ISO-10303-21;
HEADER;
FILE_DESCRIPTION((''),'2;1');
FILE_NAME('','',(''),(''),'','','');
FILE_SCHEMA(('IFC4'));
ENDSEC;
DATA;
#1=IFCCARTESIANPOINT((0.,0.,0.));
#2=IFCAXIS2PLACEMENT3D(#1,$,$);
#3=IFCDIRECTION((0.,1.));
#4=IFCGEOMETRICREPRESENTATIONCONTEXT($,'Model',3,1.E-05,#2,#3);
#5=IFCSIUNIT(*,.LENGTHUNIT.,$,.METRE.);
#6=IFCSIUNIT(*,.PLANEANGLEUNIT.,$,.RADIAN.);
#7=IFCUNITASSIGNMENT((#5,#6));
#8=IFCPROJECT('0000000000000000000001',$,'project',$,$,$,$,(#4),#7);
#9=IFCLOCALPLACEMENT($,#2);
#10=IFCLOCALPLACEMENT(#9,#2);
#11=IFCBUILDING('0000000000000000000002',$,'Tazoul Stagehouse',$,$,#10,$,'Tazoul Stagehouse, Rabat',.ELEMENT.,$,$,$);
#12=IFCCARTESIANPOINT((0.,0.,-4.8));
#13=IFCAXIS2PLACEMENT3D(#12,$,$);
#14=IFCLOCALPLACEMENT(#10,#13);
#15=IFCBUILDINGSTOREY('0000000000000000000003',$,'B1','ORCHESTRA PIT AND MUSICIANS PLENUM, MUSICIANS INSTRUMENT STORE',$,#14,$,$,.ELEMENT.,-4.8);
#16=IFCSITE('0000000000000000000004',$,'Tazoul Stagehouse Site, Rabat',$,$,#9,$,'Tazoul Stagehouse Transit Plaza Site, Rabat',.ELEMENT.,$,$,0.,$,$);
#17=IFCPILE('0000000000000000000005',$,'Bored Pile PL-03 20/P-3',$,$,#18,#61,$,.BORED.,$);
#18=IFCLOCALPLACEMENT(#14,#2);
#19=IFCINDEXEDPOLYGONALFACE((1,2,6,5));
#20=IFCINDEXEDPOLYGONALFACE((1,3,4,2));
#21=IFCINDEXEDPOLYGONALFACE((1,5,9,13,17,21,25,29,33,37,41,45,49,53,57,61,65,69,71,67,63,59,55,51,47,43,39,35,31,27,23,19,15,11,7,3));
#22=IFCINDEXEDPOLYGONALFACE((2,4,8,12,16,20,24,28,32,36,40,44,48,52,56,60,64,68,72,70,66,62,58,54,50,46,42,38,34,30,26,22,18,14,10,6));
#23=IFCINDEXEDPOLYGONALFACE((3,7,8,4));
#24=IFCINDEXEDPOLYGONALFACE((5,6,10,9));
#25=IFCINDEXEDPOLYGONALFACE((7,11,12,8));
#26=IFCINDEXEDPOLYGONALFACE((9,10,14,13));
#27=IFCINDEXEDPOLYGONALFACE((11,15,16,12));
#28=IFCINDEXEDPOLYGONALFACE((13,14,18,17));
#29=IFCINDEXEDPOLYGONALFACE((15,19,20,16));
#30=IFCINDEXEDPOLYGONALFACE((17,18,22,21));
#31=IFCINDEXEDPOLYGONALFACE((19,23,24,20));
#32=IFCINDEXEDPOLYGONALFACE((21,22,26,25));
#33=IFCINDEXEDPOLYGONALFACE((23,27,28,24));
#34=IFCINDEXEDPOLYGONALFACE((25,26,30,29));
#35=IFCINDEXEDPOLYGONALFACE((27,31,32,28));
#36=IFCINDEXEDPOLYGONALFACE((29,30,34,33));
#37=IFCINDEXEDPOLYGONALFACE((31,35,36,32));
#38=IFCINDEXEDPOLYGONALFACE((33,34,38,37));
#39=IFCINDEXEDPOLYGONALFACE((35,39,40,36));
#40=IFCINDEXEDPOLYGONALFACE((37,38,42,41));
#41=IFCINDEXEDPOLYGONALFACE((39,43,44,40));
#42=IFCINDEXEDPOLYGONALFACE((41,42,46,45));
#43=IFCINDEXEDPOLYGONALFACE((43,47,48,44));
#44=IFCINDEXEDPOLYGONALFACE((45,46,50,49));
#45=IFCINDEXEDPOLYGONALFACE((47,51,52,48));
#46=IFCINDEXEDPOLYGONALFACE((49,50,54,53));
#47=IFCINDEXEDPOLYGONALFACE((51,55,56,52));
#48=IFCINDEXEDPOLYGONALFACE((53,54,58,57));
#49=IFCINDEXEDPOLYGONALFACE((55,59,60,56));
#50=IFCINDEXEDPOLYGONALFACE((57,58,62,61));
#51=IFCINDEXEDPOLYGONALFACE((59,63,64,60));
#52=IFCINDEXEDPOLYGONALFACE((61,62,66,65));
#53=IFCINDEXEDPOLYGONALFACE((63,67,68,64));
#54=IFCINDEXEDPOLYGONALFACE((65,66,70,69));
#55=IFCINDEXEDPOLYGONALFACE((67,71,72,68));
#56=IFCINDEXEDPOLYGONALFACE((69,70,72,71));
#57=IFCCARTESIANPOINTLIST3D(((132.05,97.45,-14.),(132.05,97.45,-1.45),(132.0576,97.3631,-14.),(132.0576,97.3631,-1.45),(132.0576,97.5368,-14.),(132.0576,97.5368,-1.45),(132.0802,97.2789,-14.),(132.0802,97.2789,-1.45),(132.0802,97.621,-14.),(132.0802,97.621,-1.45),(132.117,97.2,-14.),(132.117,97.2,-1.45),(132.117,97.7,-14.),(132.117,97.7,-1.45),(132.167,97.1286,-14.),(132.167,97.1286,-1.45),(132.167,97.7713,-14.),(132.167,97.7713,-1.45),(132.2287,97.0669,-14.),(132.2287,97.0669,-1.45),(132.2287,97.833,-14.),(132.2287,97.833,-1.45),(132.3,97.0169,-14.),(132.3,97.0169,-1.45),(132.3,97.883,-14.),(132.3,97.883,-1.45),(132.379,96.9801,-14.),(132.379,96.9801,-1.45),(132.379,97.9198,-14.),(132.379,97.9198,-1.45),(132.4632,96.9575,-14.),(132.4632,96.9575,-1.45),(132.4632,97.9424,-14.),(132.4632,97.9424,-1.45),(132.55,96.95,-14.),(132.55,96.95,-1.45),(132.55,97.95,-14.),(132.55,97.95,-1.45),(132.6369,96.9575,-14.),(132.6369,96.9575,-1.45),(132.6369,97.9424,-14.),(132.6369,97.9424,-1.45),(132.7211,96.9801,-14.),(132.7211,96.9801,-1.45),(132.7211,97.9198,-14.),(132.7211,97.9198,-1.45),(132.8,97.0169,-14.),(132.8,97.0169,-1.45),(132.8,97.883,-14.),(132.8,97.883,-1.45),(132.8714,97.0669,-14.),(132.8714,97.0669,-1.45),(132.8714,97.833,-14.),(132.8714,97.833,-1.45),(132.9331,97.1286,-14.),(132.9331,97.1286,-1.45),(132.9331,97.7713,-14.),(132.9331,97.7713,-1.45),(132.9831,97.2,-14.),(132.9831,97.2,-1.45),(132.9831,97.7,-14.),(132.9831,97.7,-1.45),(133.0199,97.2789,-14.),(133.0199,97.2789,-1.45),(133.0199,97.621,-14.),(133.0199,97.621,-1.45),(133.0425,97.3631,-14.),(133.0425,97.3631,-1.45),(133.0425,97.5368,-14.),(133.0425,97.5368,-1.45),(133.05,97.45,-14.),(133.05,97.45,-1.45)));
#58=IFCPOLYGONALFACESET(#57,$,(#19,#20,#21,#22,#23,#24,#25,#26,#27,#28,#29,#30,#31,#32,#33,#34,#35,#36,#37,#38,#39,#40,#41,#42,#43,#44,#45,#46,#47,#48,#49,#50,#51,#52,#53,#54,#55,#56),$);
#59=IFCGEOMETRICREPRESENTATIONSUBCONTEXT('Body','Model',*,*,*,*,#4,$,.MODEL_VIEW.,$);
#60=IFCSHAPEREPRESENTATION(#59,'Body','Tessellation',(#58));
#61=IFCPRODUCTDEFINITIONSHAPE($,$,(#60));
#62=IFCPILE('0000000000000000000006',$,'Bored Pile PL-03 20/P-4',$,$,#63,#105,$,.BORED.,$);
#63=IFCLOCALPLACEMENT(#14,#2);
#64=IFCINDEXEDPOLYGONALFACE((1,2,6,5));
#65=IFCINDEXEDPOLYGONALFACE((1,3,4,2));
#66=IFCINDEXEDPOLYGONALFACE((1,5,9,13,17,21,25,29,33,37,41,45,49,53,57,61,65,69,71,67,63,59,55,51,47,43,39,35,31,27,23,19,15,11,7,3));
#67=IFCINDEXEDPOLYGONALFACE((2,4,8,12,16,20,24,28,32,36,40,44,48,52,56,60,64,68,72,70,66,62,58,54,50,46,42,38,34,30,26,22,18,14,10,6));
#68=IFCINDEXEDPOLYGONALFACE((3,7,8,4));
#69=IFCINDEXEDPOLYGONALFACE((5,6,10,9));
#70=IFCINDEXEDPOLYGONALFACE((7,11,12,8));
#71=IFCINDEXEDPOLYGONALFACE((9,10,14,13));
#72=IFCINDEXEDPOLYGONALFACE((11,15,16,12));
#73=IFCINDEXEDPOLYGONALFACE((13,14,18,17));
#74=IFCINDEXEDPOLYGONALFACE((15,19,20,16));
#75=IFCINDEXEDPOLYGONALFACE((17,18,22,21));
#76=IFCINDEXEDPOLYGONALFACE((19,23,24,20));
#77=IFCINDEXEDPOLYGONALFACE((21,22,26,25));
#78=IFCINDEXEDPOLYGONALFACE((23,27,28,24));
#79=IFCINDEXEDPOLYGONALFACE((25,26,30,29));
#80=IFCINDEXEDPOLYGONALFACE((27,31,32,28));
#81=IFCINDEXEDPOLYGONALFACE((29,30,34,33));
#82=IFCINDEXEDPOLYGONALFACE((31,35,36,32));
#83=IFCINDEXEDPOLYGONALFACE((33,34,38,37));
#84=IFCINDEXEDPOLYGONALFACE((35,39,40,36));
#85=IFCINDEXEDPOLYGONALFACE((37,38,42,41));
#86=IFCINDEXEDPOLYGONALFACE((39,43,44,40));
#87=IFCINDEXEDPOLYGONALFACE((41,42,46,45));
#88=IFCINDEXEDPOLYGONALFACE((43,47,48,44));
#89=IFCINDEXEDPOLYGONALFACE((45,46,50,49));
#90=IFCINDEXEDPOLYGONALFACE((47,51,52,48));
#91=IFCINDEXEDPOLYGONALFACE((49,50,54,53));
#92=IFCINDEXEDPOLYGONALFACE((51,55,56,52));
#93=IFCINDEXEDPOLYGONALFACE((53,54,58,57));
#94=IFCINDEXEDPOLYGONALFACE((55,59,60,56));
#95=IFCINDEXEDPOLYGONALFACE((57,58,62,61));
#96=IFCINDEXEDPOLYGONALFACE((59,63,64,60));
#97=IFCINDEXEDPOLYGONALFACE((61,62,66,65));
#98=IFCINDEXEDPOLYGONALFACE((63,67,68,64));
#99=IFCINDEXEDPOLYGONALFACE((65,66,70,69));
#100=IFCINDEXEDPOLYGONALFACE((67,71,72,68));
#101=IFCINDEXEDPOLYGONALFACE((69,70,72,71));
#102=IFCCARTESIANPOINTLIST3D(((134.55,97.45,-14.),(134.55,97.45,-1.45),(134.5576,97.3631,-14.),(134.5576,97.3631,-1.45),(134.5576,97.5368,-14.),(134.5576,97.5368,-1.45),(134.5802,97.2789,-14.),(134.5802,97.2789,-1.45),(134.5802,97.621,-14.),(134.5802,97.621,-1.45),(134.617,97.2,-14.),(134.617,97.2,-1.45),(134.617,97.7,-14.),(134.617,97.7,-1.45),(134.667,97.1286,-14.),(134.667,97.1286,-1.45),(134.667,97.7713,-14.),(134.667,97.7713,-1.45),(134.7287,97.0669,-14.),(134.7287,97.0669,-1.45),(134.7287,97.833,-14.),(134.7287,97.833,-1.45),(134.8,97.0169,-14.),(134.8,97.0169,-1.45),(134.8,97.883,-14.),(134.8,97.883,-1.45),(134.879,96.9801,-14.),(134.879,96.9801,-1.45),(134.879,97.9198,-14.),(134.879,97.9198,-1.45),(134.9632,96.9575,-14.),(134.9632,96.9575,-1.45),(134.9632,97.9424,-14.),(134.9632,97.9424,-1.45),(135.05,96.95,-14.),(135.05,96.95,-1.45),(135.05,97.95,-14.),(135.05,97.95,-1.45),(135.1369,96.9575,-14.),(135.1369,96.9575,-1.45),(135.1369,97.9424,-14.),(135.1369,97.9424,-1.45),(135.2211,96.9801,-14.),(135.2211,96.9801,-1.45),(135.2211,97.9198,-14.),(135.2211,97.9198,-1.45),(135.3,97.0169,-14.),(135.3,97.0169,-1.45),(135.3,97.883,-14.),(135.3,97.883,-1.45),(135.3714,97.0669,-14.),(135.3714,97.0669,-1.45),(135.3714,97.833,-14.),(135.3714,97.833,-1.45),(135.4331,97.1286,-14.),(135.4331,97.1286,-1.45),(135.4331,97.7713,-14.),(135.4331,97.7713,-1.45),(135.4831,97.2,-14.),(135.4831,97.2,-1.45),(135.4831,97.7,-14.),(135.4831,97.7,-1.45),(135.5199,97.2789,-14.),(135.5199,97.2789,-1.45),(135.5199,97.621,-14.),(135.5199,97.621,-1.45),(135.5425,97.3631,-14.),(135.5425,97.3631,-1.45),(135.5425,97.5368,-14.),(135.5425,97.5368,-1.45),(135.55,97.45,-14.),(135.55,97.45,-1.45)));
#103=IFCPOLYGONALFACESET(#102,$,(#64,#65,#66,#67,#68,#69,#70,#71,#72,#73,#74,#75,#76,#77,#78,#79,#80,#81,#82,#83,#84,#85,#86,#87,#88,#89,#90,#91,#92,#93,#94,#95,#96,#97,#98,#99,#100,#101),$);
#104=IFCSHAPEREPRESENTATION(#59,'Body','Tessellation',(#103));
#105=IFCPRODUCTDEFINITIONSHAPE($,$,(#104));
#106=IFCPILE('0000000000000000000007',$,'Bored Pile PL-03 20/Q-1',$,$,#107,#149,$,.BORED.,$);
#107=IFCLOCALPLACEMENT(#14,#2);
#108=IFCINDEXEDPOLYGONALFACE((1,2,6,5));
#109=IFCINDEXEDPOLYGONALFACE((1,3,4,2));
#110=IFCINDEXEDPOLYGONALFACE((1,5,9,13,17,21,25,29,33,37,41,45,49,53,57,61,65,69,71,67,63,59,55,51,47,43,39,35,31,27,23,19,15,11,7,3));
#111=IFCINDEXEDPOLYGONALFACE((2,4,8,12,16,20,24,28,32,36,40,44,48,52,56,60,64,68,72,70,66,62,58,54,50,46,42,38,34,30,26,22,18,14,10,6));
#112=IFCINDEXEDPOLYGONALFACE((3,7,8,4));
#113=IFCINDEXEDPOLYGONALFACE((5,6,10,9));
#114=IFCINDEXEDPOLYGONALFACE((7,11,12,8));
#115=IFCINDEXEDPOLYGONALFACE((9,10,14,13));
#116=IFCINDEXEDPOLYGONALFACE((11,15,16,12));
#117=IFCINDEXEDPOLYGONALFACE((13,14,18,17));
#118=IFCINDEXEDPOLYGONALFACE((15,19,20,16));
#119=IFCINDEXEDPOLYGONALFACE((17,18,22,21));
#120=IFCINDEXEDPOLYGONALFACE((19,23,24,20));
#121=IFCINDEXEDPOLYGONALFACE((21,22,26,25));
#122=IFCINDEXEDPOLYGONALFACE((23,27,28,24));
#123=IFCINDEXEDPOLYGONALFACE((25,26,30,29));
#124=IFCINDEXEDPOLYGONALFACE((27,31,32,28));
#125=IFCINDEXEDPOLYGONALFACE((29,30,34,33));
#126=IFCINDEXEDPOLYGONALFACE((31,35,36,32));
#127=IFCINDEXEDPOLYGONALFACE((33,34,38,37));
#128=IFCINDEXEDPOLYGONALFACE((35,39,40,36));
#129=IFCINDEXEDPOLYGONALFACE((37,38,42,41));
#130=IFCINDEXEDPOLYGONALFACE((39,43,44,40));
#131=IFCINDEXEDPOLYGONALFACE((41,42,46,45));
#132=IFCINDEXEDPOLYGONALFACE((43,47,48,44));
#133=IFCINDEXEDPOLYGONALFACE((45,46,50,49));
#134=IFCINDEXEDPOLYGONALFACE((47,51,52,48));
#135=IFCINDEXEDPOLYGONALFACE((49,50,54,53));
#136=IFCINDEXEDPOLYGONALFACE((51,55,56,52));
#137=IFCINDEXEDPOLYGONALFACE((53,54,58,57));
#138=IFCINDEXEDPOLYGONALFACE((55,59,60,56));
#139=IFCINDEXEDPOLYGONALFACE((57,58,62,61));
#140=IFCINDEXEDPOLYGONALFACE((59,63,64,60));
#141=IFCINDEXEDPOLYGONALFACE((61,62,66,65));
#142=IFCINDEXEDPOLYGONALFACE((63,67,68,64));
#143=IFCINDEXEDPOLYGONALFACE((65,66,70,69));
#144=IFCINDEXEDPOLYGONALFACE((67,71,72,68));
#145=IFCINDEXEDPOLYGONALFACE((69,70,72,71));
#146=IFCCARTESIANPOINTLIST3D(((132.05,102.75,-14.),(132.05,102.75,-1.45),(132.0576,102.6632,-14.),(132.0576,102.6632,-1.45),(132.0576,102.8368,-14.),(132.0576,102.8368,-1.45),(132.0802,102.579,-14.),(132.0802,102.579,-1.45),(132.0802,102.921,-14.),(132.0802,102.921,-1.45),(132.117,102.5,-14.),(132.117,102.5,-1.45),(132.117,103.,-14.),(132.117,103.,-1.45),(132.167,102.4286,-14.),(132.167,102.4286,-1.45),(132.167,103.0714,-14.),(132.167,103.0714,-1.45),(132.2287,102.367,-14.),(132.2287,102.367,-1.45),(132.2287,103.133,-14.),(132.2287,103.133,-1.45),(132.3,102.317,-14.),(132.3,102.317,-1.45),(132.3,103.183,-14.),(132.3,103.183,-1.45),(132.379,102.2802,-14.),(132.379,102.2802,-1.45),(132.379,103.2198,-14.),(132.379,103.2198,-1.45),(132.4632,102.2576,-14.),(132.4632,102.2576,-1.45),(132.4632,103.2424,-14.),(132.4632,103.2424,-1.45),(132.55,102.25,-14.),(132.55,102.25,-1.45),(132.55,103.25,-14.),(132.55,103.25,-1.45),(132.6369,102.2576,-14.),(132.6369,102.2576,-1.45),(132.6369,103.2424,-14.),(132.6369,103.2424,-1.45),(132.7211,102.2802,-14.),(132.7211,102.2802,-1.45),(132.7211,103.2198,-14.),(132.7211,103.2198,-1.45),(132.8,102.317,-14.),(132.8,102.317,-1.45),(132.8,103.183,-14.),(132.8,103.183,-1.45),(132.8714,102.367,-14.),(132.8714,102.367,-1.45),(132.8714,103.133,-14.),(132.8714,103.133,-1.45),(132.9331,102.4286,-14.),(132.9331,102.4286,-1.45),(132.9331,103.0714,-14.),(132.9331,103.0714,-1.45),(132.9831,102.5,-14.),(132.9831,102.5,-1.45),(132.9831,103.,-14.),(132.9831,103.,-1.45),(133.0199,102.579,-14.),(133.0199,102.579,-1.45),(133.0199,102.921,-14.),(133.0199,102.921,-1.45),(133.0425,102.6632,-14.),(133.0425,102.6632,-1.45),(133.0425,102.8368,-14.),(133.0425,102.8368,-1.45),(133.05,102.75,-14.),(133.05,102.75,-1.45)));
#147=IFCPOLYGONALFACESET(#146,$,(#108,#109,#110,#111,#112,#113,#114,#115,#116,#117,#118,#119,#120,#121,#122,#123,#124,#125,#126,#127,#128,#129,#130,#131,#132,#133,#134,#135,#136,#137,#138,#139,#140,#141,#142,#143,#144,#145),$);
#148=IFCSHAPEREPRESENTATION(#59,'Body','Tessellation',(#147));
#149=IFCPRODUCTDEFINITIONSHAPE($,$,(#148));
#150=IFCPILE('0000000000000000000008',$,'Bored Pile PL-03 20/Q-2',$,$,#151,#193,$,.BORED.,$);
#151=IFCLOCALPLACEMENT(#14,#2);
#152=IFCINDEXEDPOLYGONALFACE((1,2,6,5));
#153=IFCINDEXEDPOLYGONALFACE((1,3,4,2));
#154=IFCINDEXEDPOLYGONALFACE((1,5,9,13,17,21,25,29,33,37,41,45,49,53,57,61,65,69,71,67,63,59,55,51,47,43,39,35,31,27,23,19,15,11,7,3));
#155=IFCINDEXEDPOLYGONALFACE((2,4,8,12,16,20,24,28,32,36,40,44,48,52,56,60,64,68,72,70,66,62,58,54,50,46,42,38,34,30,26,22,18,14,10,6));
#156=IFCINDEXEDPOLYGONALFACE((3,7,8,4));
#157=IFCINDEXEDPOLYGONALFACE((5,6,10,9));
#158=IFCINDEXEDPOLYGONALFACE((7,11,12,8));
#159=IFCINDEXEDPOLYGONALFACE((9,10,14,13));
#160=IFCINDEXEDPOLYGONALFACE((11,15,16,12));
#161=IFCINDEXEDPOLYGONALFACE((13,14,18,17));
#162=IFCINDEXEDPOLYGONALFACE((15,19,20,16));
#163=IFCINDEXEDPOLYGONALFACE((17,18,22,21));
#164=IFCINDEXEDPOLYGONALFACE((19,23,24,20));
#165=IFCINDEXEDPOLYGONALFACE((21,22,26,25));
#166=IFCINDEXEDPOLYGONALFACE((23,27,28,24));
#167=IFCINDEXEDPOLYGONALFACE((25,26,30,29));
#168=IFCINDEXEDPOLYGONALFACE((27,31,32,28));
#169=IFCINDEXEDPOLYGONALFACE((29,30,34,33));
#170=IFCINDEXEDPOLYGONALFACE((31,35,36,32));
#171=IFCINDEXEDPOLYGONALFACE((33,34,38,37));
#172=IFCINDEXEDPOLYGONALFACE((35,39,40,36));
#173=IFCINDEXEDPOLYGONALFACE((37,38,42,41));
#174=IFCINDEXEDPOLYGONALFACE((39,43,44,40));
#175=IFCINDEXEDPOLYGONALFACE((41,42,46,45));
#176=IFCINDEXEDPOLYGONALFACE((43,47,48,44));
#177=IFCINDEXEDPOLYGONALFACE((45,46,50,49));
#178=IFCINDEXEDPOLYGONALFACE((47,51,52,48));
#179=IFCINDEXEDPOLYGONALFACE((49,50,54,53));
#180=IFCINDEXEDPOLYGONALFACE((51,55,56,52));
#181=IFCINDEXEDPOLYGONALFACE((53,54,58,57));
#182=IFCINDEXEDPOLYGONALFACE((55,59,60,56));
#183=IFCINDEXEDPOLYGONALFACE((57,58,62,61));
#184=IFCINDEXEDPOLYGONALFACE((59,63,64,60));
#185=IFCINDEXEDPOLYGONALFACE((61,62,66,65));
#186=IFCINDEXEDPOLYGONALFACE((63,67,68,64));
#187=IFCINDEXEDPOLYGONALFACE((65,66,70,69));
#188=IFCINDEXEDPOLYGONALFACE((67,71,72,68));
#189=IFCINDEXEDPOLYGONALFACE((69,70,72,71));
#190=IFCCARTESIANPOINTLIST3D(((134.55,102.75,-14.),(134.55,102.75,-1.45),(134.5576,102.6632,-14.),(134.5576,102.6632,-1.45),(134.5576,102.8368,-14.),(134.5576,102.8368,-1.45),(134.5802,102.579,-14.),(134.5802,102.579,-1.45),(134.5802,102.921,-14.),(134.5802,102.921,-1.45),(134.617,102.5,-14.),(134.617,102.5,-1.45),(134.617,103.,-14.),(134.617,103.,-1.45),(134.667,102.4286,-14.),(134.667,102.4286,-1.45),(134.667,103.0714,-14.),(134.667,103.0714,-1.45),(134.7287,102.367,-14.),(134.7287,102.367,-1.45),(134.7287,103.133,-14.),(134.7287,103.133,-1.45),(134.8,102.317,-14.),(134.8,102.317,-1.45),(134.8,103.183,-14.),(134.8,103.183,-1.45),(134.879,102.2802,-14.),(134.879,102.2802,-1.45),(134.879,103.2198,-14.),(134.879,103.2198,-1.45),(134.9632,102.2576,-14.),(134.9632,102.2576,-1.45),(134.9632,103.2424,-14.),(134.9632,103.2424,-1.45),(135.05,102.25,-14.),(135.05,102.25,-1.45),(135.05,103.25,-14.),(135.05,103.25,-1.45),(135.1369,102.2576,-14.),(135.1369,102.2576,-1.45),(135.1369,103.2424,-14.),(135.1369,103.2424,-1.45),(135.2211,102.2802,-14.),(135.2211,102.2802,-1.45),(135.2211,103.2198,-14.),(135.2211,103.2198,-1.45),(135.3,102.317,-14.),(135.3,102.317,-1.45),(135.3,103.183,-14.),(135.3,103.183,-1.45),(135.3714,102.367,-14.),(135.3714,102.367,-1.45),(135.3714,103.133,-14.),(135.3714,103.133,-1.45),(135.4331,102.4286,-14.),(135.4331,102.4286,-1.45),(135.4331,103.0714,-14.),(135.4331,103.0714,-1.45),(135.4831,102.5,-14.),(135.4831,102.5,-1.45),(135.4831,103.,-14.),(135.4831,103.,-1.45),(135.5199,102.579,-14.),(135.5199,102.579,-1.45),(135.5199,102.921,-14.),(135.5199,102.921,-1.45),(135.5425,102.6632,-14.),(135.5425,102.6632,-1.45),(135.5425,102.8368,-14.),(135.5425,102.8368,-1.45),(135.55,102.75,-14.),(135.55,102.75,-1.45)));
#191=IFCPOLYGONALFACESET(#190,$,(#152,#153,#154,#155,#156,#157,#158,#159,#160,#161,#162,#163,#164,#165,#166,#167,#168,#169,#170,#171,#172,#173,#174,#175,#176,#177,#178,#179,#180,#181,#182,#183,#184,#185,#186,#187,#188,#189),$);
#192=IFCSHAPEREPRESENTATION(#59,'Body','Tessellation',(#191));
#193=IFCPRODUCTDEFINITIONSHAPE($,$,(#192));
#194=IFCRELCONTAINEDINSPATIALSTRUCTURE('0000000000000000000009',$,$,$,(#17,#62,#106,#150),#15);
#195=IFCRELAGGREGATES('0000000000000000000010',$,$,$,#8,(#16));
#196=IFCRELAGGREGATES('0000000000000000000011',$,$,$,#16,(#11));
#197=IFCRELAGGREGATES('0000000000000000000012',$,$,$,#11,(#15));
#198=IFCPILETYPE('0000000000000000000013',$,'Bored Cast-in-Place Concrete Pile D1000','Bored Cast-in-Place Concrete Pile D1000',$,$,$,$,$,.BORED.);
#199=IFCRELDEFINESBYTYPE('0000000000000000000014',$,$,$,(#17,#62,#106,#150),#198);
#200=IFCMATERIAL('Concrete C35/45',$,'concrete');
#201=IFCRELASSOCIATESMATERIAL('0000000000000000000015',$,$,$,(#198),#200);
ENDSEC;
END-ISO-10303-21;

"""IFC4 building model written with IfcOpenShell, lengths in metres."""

from ifc_helpers import new_model, si_unit, direction, frame, origin, origin_2d, place, context, subcontext, project, spatial, circle, extrude, material, material_profile, profile_set, type_object, element, save


model = new_model("IFC4")

# Units and contexts
model_context = context("Model", 3, precision=1e-05, world=origin(), true_north=direction((0.0, 1.0)))
body_context = subcontext(model_context, "Body", "Model", "MODEL_VIEW")
ifc_project = project(units=[si_unit("LENGTHUNIT", "METRE"), si_unit("PLANEANGLEUNIT", "RADIAN")], contexts=[model_context])

# Site, building, storey
site_placement = place(None, origin())
site = spatial("IfcSite", under=ifc_project, at=site_placement, Name="Tazoul Stagehouse Site, Rabat", LongName="Tazoul Stagehouse Transit Plaza Site, Rabat", CompositionType="ELEMENT", RefElevation=0.0)
building_placement = place(site_placement, origin())
building = spatial("IfcBuilding", under=site, at=building_placement, Name="Tazoul Stagehouse", LongName="Tazoul Stagehouse, Rabat", CompositionType="ELEMENT")
storey_placement = place(building_placement, frame((0.0, 0.0, -4.8)))
storey = spatial("IfcBuildingStorey", under=building, at=storey_placement, Name="B1", Description="ORCHESTRA PIT AND MUSICIANS PLENUM, MUSICIANS INSTRUMENT STORE", CompositionType="ELEMENT", Elevation=-4.8)

# Piles
ifc_material_1 = material(Name="Concrete C35/45", Category="concrete")
ifc_material_profile_1 = material_profile(ifc_material_1, circle(Radius=0.5, at=origin_2d()), Name="BORED PILE 1000")
ifc_profile_set_1 = profile_set([ifc_material_profile_1], Name="Concrete C35/45")
pile_type_1 = type_object("IfcPileType", Name="Bored Cast-in-Place Concrete Pile D1000", Description="Bored Cast-in-Place Concrete Pile D1000", PredefinedType="BORED", material=ifc_profile_set_1)
for number, where, z_axis, x_axis, name in (
    (1, (132.55, 97.45, -1.45), (0.0, 0.0, -1.0), (1.0, 0.0, 0.0), "Bored Pile PL-03 20/P-3"),
    (2, (135.05, 97.45, -1.45), (0.0, 0.0, -1.0), (1.0, 0.0, 0.0), "Bored Pile PL-03 20/P-4"),
    (3, (132.55, 102.75, -1.45), (0.0, 0.0, -1.0), (1.0, 0.0, 0.0), "Bored Pile PL-03 20/Q-1"),
    (4, (135.05, 102.75, -1.45), (0.0, 0.0, -1.0), (1.0, 0.0, 0.0), "Bored Pile PL-03 20/Q-2"),
):
    element("IfcPile", number, at=place(storey_placement, frame(where, z_axis=z_axis, x_axis=x_axis)), inside=storey, type_object=pile_type_1, Name=name, PredefinedType="BORED", context=body_context, shape_type="SweptSolid", body=[
        extrude(circle(Radius=0.5, at=origin_2d()), origin(), (0.0, 0.0, 1.0), 12.55),
    ])

save(model, "model.ifc")
